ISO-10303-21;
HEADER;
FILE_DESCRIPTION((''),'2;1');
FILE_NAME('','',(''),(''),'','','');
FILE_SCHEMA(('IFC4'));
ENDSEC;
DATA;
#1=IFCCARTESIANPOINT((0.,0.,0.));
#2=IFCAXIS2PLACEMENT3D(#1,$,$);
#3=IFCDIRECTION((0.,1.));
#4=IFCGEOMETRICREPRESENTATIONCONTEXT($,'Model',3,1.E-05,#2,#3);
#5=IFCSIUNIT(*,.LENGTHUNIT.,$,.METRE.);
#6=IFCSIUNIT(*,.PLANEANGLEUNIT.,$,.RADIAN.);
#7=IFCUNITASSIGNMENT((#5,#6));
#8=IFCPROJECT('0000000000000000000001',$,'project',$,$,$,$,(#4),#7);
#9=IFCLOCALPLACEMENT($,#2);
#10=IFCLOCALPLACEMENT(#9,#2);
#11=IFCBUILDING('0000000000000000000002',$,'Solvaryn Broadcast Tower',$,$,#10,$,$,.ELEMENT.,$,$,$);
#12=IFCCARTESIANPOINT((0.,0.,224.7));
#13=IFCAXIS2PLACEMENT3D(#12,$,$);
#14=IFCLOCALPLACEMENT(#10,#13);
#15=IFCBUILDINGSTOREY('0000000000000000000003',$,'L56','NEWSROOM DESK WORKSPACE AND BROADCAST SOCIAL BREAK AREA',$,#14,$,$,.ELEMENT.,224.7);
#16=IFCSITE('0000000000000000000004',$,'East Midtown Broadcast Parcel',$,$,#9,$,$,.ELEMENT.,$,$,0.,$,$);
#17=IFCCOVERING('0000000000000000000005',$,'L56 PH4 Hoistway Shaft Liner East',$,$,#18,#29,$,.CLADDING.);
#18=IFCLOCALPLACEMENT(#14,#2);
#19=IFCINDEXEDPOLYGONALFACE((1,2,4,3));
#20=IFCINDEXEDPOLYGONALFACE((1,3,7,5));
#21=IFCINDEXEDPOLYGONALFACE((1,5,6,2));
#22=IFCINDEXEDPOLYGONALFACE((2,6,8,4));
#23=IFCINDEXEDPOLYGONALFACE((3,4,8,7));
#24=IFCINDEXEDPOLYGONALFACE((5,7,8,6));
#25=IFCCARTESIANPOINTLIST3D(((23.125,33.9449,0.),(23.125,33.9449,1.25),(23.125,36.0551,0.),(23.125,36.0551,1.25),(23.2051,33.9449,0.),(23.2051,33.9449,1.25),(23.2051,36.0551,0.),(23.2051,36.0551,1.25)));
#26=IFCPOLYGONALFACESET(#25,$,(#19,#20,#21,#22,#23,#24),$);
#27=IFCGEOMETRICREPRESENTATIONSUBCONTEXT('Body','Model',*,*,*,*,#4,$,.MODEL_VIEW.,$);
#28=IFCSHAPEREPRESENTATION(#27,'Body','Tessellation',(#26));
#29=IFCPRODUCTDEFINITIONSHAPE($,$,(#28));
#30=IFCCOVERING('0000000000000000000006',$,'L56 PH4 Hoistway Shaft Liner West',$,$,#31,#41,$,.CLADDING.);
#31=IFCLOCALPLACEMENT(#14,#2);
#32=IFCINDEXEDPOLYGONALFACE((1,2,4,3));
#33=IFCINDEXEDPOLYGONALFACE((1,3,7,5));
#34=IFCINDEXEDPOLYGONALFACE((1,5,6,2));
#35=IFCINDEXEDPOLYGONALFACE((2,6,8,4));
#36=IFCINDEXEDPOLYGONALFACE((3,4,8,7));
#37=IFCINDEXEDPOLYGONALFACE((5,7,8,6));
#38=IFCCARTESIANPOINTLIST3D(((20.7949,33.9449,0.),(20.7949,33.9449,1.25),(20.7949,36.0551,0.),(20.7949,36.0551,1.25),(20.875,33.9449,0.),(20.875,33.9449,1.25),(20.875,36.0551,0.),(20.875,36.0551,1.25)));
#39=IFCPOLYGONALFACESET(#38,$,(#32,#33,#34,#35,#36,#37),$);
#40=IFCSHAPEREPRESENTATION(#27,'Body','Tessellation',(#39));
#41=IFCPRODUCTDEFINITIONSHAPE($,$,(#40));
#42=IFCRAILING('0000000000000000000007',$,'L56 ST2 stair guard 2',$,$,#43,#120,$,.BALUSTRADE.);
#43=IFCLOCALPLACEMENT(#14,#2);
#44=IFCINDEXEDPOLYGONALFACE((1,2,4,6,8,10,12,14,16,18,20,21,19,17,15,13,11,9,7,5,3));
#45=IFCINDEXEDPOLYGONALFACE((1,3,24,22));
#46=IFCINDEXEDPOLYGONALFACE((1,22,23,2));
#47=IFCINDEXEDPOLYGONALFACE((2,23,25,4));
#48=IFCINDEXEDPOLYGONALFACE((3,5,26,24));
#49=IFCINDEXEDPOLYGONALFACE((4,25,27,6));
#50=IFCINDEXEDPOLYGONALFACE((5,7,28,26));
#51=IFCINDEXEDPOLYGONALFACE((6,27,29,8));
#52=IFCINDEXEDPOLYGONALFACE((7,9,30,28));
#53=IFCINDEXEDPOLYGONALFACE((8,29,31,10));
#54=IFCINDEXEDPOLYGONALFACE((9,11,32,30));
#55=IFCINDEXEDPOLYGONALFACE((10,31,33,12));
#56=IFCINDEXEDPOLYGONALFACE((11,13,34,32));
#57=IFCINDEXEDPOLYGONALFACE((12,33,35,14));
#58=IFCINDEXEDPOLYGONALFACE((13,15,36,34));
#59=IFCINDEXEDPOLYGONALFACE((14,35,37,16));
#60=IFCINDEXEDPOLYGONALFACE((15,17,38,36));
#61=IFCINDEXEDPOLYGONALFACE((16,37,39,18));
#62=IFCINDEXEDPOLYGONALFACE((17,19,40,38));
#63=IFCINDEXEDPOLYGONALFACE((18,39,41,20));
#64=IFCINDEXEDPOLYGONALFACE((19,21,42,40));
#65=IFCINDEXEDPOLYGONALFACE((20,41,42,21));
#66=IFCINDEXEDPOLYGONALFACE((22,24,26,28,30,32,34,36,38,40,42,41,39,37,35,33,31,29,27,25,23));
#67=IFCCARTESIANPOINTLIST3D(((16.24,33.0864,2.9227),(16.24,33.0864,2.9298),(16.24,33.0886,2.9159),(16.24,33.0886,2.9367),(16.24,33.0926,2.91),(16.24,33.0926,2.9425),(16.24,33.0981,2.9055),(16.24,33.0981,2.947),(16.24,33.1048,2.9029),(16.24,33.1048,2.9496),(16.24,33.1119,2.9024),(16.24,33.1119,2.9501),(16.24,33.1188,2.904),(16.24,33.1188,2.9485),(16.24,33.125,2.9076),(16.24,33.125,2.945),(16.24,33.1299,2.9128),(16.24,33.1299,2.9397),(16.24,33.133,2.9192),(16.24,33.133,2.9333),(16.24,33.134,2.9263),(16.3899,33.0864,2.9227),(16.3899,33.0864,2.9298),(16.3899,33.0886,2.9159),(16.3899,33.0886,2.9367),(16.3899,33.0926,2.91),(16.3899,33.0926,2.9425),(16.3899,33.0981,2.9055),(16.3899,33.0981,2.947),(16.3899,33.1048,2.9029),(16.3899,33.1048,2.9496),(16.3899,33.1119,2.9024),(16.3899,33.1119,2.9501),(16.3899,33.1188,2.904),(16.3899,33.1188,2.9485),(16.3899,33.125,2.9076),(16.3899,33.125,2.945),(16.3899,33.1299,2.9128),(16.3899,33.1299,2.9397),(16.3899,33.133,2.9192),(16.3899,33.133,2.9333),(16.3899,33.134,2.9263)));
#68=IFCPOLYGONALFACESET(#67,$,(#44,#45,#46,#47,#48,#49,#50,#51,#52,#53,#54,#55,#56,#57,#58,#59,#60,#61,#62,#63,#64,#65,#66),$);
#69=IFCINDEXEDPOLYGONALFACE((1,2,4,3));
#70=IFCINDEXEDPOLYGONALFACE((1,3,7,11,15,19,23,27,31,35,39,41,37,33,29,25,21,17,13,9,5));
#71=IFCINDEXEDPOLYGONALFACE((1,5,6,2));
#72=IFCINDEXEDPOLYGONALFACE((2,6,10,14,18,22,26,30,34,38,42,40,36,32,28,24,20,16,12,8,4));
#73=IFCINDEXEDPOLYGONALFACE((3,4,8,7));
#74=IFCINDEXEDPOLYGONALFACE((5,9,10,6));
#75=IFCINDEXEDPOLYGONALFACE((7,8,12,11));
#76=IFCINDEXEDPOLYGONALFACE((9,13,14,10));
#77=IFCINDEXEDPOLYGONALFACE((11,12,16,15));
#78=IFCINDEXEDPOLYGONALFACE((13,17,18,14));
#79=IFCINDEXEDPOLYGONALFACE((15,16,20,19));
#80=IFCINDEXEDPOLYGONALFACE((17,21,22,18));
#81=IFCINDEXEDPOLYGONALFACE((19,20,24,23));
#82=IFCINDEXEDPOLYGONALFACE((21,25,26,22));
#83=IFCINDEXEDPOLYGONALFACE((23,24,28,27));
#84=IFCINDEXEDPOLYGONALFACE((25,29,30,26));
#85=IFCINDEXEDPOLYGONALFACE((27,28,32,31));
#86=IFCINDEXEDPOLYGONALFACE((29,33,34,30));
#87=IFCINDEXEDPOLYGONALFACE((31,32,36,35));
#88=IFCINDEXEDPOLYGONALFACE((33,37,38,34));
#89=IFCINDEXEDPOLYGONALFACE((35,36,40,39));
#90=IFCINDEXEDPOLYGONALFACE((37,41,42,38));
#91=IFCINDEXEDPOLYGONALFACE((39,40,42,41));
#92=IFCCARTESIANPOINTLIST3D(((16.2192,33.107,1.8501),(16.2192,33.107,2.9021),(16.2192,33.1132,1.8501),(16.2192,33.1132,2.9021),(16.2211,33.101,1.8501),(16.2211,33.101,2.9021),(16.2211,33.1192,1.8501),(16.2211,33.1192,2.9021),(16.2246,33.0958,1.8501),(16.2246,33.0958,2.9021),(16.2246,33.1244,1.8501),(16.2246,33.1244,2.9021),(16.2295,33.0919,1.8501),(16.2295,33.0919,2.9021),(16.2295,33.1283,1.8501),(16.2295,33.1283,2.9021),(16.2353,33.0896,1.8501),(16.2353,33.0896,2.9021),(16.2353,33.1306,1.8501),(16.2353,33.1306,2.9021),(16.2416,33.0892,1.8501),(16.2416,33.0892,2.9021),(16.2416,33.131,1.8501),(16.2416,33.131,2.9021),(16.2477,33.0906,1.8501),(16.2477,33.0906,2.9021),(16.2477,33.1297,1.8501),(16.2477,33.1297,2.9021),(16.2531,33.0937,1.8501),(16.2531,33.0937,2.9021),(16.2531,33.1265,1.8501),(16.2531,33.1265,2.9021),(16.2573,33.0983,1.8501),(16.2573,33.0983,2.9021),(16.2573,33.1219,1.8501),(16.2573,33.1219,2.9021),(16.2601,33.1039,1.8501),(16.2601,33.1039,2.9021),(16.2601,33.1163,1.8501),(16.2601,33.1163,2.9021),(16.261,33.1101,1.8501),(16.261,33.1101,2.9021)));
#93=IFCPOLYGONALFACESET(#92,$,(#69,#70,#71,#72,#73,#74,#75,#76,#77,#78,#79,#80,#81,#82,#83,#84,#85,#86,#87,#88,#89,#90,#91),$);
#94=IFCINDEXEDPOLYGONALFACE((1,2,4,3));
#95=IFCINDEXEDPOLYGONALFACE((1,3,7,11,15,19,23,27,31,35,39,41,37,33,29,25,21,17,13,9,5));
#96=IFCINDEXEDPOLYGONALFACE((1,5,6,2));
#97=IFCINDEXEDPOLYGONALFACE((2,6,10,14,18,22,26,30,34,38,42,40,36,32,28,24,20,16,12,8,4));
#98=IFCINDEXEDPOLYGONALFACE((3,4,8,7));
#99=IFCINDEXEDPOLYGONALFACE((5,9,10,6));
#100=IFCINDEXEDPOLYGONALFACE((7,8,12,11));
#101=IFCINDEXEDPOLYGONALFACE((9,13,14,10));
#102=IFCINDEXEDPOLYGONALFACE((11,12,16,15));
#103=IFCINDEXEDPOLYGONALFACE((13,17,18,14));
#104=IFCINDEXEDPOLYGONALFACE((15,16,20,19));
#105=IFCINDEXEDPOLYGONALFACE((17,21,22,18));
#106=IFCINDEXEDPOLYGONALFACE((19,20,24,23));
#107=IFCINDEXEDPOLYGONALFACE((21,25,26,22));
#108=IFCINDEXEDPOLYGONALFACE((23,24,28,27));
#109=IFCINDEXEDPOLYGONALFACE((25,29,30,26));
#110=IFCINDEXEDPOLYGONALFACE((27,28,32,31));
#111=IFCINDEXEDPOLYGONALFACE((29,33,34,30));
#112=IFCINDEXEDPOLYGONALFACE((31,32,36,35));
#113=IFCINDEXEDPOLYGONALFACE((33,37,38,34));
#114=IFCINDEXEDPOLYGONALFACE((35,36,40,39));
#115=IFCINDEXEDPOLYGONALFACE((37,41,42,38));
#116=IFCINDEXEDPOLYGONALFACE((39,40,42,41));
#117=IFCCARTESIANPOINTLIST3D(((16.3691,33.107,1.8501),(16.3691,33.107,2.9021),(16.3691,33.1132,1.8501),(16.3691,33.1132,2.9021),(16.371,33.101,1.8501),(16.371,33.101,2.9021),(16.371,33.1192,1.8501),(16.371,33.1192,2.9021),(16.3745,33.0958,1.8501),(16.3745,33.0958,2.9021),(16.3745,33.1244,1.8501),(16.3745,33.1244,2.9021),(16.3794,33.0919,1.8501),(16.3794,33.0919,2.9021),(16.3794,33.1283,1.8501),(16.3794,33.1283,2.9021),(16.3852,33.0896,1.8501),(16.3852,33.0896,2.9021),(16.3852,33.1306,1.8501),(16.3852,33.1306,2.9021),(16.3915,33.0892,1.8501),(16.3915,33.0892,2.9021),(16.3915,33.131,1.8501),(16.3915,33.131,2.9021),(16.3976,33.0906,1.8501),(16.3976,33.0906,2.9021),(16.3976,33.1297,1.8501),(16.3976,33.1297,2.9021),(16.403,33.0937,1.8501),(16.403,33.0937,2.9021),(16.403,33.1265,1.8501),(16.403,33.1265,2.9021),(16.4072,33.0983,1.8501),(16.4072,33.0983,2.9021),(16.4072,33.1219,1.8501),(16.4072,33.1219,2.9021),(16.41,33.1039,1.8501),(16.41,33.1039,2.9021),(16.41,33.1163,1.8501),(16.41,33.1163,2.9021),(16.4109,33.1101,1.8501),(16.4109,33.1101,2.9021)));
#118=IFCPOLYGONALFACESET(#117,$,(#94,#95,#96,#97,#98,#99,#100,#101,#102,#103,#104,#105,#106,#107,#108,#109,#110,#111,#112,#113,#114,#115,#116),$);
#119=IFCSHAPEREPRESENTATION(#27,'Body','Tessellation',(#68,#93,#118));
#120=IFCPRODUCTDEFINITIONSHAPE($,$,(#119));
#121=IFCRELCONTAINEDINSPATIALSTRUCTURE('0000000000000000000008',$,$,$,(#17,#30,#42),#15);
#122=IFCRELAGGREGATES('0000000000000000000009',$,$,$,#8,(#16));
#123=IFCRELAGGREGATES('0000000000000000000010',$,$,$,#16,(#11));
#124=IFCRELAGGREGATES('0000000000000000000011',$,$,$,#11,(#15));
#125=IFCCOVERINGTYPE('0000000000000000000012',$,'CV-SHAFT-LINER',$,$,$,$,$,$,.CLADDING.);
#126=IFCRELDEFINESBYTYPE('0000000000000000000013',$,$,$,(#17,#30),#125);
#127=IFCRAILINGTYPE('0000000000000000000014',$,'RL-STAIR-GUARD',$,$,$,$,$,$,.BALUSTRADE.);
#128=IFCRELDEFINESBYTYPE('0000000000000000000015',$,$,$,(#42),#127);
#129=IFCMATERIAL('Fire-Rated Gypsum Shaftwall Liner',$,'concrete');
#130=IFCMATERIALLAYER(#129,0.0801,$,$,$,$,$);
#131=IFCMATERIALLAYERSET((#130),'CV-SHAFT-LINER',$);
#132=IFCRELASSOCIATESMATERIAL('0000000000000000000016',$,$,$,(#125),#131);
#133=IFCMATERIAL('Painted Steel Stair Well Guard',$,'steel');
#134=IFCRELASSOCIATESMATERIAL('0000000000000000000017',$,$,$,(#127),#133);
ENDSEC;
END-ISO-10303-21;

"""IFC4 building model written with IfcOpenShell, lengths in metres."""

from ifc_helpers import new_model, si_unit, direction, frame, origin, origin_2d, place, context, subcontext, project, spatial, rectangle, circle, extrude, material, layer, layer_set, type_object, element, save


model = new_model("IFC4")

# Units and contexts
model_context = context("Model", 3, precision=1e-05, world=origin(), true_north=direction((0.0, 1.0)))
body_context = subcontext(model_context, "Body", "Model", "MODEL_VIEW")
ifc_project = project(units=[si_unit("LENGTHUNIT", "METRE"), si_unit("PLANEANGLEUNIT", "RADIAN")], contexts=[model_context])

# Site, building, storey
site_placement = place(None, origin())
site = spatial("IfcSite", under=ifc_project, at=site_placement, Name="East Midtown Broadcast Parcel", CompositionType="ELEMENT", RefElevation=0.0)
building_placement = place(site_placement, origin())
building = spatial("IfcBuilding", under=site, at=building_placement, Name="Solvaryn Broadcast Tower", CompositionType="ELEMENT")
storey_placement = place(building_placement, frame((0.0, 0.0, 224.7)))
storey = spatial("IfcBuildingStorey", under=building, at=storey_placement, Name="L56", Description="NEWSROOM DESK WORKSPACE AND BROADCAST SOCIAL BREAK AREA", CompositionType="ELEMENT", Elevation=224.7)

# Coverings
ifc_material_1 = material(Name="Fire-Rated Gypsum Shaftwall Liner", Category="concrete")
ifc_layer_1 = layer(ifc_material_1, 0.0801)
ifc_layer_set_1 = layer_set([ifc_layer_1], Name="CV-SHAFT-LINER")
covering_type = type_object("IfcCoveringType", Name="CV-SHAFT-LINER", PredefinedType="CLADDING", material=ifc_layer_set_1)
for number, where, z_axis, x_axis, name in (
    (1, (23.165, 35.0, 0.0), (0.0, 0.0, 1.0), (1.0, 0.0, 0.0), "L56 PH4 Hoistway Shaft Liner East"),
    (2, (20.835, 35.0, 0.0), (0.0, 0.0, 1.0), (1.0, 0.0, 0.0), "L56 PH4 Hoistway Shaft Liner West"),
):
    element("IfcCovering", number, at=place(storey_placement, frame(where, z_axis=z_axis, x_axis=x_axis)), inside=storey, type_object=covering_type, Name=name, PredefinedType="CLADDING", context=body_context, shape_type="SweptSolid", body=[
        extrude(rectangle(XDim=0.0801, YDim=2.1101, at=origin_2d()), origin(), (0.0, 0.0, 1.0), 1.25),
    ])

# Railing
ifc_material_2 = material(Name="Painted Steel Stair Well Guard", Category="steel")
railing_type_1 = type_object("IfcRailingType", Name="RL-STAIR-GUARD", PredefinedType="BALUSTRADE", material=ifc_material_2)
railing_1_placement = place(storey_placement, frame((16.24, 33.1101, 1.8501)))
element("IfcRailing", 3, at=railing_1_placement, inside=storey, type_object=railing_type_1, Name="L56 ST2 stair guard 2", PredefinedType="BALUSTRADE", context=body_context, shape_type="SweptSolid", body=[
    extrude(circle(Radius=0.0239, at=origin_2d()), frame((0.0, 0.0, 1.0762), z_axis=(1.0, 0.0, 0.0), x_axis=(0.0, 1.0, 0.0)), (0.0, 0.0, 1.0), 0.1499),
    extrude(circle(Radius=0.021, at=origin_2d()), origin(), (0.0, 0.0, 1.0), 1.052),
    extrude(circle(Radius=0.021, at=origin_2d()), frame((0.1499, 0.0, 0.0)), (0.0, 0.0, 1.0), 1.052),
])

save(model, "model.ifc")
